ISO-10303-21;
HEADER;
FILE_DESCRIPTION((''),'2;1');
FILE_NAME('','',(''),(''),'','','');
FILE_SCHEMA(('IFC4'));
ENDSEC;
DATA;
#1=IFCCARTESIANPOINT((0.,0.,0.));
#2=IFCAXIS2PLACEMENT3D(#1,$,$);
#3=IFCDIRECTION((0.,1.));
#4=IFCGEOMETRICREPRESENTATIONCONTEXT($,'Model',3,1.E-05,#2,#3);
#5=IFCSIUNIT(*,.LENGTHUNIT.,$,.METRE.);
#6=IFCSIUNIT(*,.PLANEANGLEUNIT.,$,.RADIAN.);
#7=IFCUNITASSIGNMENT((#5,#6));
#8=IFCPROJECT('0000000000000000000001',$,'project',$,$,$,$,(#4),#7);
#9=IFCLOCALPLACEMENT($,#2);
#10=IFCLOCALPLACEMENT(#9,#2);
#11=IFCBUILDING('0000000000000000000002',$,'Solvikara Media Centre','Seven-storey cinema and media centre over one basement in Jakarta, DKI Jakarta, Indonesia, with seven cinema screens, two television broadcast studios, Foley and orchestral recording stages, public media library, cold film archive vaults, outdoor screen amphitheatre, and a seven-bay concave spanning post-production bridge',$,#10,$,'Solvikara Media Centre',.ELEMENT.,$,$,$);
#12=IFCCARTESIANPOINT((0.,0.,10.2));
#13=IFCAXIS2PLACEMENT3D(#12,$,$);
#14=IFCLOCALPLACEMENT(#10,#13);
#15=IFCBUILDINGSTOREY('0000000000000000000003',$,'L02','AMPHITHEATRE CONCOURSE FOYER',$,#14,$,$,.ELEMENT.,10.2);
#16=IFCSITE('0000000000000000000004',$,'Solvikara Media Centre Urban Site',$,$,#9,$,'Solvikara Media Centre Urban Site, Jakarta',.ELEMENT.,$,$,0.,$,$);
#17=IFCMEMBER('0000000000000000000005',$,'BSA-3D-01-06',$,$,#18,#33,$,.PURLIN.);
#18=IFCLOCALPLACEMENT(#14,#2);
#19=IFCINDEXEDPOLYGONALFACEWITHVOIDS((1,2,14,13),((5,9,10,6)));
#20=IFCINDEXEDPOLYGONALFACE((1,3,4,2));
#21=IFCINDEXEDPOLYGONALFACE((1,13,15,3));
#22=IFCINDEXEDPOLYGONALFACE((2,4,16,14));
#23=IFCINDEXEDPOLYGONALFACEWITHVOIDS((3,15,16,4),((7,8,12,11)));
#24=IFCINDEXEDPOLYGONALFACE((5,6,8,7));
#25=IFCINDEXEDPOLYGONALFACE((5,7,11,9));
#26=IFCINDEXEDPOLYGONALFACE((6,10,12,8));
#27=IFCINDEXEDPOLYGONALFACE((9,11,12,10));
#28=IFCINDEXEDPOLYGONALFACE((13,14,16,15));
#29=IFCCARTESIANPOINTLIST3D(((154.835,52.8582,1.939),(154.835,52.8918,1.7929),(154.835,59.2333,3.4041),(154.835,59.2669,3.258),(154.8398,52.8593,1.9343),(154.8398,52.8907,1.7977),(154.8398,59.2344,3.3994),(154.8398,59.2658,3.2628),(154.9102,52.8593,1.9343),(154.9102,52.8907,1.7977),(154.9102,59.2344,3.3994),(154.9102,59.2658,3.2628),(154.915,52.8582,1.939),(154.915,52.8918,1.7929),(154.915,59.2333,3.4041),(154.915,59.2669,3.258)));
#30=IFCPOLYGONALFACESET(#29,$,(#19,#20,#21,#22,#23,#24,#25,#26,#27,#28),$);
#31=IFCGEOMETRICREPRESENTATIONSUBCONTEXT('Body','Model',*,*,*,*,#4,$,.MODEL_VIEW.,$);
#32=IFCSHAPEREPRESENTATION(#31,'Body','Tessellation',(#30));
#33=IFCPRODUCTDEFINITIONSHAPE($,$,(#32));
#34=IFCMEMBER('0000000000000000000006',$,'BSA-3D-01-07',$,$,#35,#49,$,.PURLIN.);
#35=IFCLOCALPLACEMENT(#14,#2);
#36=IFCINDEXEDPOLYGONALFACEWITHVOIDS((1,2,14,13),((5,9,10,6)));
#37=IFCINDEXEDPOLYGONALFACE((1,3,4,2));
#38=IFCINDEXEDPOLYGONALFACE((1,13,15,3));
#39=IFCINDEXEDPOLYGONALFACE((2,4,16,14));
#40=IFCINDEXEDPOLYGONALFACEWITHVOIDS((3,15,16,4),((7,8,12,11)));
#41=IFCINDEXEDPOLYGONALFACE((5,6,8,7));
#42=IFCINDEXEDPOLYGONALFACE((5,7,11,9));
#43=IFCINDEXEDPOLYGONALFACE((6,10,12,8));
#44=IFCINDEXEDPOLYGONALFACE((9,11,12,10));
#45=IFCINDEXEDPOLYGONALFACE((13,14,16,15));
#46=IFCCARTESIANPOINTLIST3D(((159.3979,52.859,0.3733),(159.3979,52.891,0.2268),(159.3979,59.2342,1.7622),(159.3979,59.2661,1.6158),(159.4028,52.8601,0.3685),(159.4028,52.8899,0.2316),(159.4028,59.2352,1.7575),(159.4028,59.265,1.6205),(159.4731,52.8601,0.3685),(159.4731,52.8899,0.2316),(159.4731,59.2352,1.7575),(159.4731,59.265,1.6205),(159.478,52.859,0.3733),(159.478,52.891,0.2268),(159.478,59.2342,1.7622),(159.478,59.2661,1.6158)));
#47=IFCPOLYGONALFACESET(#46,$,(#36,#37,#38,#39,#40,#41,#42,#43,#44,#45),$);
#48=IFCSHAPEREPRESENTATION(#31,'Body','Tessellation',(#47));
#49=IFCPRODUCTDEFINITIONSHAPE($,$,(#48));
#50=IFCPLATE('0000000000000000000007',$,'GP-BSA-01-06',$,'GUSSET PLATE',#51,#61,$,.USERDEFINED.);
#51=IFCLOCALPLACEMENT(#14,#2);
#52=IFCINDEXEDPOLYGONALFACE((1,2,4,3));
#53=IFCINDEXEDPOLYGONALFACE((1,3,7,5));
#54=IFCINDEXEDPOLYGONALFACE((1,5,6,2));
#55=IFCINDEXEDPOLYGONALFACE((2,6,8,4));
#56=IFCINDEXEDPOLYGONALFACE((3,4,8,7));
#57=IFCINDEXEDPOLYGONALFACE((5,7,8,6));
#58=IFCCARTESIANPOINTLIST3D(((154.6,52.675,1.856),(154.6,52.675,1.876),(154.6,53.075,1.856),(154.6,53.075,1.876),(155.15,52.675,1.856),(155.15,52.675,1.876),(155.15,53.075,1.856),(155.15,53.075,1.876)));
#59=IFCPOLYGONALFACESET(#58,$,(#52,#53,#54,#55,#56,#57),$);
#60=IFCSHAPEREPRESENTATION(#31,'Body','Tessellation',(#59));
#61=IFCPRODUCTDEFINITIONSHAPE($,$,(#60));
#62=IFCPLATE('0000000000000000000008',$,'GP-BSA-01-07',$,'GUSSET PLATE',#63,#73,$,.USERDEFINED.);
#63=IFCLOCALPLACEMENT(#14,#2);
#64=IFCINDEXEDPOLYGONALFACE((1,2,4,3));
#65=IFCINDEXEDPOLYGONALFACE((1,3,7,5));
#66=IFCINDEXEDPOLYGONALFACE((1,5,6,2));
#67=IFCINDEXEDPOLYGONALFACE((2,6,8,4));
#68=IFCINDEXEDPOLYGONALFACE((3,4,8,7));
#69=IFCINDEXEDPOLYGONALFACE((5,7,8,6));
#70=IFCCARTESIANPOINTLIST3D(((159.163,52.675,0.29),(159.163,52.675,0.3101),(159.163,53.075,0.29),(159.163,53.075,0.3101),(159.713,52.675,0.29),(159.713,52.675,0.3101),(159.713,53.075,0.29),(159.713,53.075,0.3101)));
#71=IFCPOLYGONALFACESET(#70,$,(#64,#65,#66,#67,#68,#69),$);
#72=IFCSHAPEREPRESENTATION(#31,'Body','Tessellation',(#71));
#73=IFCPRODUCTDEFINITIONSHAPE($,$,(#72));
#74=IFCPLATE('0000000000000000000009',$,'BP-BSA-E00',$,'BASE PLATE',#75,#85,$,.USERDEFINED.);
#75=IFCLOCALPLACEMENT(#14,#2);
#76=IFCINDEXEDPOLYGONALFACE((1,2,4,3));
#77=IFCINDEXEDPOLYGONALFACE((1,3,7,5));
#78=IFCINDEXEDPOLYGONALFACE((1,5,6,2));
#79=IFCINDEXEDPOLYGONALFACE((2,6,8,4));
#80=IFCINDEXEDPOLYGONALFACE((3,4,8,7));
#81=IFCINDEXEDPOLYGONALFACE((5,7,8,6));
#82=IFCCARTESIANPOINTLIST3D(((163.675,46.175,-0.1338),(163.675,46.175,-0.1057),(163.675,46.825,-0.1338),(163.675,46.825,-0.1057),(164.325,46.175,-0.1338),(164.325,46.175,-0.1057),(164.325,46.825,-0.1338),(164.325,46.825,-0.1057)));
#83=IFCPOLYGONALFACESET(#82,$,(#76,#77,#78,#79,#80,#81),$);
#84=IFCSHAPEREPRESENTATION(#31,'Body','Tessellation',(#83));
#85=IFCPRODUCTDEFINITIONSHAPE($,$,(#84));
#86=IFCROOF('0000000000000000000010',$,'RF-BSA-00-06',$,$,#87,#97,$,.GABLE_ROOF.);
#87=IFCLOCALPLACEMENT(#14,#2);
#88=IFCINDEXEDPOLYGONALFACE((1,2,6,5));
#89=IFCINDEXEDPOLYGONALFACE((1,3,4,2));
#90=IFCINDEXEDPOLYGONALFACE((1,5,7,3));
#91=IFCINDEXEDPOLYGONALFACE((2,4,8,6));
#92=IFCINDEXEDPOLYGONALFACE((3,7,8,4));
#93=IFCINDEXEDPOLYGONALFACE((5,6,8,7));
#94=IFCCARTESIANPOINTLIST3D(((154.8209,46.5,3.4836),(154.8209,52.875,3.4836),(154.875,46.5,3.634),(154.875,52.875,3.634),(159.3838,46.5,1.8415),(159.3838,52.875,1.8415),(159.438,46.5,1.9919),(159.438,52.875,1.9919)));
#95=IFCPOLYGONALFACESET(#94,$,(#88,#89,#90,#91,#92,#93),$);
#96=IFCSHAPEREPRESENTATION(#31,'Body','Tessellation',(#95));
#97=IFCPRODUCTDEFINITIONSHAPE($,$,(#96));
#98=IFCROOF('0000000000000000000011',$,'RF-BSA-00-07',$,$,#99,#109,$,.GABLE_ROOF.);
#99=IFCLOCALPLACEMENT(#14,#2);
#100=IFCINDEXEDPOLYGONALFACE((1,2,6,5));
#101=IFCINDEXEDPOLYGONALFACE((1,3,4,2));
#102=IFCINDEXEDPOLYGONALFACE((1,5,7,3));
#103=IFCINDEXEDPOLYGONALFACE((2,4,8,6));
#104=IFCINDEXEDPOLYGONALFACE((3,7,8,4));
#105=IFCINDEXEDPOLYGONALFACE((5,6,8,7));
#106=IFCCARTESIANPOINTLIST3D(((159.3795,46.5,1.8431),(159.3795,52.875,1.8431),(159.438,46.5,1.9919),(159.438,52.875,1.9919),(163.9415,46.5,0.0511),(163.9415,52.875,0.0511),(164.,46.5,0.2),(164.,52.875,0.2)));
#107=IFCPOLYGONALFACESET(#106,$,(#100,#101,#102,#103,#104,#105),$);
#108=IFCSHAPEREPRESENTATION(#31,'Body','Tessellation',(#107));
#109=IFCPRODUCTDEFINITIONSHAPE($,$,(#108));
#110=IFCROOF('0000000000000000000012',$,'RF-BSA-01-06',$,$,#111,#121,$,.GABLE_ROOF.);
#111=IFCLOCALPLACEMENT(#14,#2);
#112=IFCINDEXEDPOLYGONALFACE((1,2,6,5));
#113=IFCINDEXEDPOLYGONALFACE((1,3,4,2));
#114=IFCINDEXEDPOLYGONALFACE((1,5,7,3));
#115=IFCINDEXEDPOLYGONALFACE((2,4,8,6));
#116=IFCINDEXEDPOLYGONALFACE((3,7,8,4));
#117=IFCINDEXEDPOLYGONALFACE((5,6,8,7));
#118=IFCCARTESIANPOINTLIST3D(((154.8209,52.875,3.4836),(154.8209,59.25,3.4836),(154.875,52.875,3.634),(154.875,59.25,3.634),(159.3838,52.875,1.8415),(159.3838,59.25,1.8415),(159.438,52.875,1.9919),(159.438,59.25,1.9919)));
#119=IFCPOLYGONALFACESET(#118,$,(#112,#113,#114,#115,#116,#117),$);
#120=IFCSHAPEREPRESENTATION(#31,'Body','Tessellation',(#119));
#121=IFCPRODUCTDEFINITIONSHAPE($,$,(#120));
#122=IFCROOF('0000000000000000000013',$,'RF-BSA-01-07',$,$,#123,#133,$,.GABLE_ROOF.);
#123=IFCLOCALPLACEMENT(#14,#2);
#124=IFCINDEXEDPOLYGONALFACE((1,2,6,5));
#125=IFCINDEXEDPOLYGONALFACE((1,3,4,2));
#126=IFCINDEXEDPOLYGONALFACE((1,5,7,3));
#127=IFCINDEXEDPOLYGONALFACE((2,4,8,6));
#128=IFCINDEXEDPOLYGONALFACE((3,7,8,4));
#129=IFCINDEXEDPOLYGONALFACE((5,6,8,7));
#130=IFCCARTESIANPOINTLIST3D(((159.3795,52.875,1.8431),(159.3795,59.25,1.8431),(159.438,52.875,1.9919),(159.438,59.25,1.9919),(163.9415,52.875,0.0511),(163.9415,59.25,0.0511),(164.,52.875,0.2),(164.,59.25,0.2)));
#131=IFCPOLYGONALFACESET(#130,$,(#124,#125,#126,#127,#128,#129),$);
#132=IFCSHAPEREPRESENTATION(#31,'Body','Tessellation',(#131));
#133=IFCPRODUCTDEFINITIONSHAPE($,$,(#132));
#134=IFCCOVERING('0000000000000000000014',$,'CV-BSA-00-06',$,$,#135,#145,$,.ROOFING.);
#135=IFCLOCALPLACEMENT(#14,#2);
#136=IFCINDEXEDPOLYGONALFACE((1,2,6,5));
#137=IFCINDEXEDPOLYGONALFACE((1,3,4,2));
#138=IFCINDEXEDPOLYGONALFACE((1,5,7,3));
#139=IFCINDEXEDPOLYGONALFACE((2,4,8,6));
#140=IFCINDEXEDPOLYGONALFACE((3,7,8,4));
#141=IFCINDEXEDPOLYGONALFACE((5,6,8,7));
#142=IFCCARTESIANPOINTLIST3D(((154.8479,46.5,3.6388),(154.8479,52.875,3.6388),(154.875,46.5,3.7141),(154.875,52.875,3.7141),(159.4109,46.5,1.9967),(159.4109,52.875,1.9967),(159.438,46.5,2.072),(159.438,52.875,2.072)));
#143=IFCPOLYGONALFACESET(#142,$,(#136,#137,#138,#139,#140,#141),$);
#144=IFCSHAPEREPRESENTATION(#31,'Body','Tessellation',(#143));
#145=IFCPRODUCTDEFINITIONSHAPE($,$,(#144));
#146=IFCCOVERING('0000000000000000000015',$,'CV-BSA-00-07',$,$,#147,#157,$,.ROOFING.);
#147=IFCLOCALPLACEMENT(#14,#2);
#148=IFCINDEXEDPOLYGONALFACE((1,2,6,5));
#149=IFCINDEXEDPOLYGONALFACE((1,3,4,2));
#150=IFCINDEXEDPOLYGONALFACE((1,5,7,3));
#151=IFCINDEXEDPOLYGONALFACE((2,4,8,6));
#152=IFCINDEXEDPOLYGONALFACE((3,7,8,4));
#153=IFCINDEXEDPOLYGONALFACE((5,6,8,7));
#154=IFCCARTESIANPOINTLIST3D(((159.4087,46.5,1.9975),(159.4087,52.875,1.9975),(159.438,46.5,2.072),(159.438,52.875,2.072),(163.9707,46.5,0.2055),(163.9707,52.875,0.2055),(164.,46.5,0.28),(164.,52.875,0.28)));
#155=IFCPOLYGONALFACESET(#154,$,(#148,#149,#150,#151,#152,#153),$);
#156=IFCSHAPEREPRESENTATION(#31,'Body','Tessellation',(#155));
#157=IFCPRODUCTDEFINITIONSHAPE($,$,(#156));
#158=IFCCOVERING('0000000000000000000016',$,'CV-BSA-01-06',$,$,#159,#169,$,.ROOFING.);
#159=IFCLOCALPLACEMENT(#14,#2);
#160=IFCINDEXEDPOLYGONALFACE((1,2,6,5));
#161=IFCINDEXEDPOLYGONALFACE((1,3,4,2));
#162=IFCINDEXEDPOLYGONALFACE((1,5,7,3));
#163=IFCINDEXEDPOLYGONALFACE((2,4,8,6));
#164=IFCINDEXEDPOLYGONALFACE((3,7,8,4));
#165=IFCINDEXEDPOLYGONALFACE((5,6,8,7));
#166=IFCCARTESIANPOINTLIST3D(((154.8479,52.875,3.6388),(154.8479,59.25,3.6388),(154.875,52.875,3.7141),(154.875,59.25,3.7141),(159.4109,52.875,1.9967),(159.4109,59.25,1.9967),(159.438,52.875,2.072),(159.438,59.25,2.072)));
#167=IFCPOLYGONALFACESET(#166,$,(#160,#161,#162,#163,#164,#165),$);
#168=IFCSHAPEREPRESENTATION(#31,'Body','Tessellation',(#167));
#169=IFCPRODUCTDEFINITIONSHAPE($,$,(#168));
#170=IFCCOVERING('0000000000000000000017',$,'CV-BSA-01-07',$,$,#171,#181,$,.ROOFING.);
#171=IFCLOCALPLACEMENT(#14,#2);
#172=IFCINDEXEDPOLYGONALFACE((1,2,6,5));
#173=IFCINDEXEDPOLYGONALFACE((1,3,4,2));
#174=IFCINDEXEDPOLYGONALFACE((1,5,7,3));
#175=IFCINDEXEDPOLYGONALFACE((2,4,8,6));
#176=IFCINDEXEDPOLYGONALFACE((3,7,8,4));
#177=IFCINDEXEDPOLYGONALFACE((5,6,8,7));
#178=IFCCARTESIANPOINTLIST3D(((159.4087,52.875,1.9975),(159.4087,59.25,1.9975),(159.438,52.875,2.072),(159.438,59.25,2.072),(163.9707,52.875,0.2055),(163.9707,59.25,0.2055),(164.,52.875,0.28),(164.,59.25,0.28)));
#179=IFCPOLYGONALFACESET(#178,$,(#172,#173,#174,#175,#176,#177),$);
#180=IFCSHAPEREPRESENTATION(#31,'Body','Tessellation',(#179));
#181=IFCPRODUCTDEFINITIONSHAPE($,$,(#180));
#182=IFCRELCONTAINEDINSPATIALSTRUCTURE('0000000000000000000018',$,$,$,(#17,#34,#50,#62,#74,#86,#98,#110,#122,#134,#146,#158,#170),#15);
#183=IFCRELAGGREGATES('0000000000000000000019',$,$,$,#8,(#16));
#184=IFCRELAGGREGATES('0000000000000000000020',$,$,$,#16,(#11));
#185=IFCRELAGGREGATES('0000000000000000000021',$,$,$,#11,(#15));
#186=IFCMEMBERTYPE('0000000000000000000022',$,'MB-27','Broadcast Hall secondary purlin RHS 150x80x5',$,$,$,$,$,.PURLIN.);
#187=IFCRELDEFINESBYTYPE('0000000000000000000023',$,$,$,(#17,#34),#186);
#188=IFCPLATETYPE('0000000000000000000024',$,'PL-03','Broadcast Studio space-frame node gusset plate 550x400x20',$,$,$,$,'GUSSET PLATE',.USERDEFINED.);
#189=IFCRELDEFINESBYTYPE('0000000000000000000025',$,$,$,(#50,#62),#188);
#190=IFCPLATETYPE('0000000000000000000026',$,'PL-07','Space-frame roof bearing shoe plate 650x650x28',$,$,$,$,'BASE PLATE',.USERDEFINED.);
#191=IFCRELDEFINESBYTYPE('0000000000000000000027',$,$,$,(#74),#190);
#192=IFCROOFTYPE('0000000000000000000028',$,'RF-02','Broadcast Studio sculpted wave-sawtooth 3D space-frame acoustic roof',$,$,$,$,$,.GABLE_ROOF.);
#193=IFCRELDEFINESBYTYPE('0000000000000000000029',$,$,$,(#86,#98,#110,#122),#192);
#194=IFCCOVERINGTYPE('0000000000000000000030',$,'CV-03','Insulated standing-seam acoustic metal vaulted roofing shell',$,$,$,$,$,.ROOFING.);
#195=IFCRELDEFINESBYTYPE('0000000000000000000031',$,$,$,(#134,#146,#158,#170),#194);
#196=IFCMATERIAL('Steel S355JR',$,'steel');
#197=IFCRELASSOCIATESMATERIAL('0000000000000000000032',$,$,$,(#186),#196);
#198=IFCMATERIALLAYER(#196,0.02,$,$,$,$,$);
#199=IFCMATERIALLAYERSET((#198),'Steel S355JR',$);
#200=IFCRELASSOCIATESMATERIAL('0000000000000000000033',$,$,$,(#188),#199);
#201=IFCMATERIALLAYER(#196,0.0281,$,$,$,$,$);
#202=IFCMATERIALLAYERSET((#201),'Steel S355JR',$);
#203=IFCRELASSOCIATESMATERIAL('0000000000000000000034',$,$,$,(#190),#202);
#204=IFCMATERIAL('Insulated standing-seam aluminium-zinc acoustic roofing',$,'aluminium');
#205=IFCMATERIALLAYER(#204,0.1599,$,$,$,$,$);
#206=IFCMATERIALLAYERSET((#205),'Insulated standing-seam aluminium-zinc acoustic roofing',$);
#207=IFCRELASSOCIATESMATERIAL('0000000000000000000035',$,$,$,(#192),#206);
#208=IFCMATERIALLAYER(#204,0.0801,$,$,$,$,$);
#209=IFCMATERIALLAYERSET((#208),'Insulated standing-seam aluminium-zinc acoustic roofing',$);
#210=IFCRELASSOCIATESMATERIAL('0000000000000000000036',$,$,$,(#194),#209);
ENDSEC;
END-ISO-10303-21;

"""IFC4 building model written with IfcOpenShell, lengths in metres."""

from ifc_helpers import new_model, si_unit, direction, frame, origin, origin_2d, place, context, subcontext, project, spatial, polyline, rectangle, hollow_rectangle, outline, extrude, material, layer, layer_set, material_profile, profile_set, type_object, element, save


model = new_model("IFC4")

# Units and contexts
model_context = context("Model", 3, precision=1e-05, world=origin(), true_north=direction((0.0, 1.0)))
body_context = subcontext(model_context, "Body", "Model", "MODEL_VIEW")
ifc_project = project(units=[si_unit("LENGTHUNIT", "METRE"), si_unit("PLANEANGLEUNIT", "RADIAN")], contexts=[model_context])

# Site, building, storey
site_placement = place(None, origin())
site = spatial("IfcSite", under=ifc_project, at=site_placement, Name="Solvikara Media Centre Urban Site", LongName="Solvikara Media Centre Urban Site, Jakarta", CompositionType="ELEMENT", RefElevation=0.0)
building_placement = place(site_placement, origin())
building = spatial("IfcBuilding", under=site, at=building_placement, Name="Solvikara Media Centre", Description="Seven-storey cinema and media centre over one basement in Jakarta, DKI Jakarta, Indonesia, with seven cinema screens, two television broadcast studios, Foley and orchestral recording stages, public media library, cold film archive vaults, outdoor screen amphitheatre, and a seven-bay concave spanning post-production bridge", LongName="Solvikara Media Centre", CompositionType="ELEMENT")
storey_placement = place(building_placement, frame((0.0, 0.0, 10.2)))
storey = spatial("IfcBuildingStorey", under=building, at=storey_placement, Name="L02", Description="AMPHITHEATRE CONCOURSE FOYER", CompositionType="ELEMENT", Elevation=10.2)

# Shared definitions
ifc_material_1 = material(Name="Steel S355JR", Category="steel")

# Members
ifc_material_profile_1 = material_profile(ifc_material_1, hollow_rectangle(XDim=0.0801, YDim=0.1499, WallThickness=0.0049, at=origin_2d()), Name="RHS 150x80x5")
ifc_profile_set_1 = profile_set([ifc_material_profile_1], Name="Steel S355JR")
member_type_1 = type_object("IfcMemberType", Name="MB-27", Description="Broadcast Hall secondary purlin RHS 150x80x5", PredefinedType="PURLIN", material=ifc_profile_set_1)
member_1_placement = place(storey_placement, frame((154.875, 52.875, 1.866), z_axis=(0.0, 0.974594, 0.223979), x_axis=(-1.0, 0.0, 0.0)))
element("IfcMember", 1, at=member_1_placement, inside=storey, type_object=member_type_1, Name="BSA-3D-01-06", PredefinedType="PURLIN", context=body_context, shape_type="SweptSolid", body=[
    extrude(hollow_rectangle(XDim=0.0801, YDim=0.1499, WallThickness=0.0049, at=origin_2d()), origin(), (0.0, 0.0, 1.0), 6.5413),
])
member_2_placement = place(storey_placement, frame((159.438, 52.875, 0.3), z_axis=(0.0, 0.977079, 0.212875), x_axis=(-1.0, 0.0, 0.0)))
element("IfcMember", 2, at=member_2_placement, inside=storey, type_object=member_type_1, Name="BSA-3D-01-07", PredefinedType="PURLIN", context=body_context, shape_type="SweptSolid", body=[
    extrude(hollow_rectangle(XDim=0.0801, YDim=0.1499, WallThickness=0.0049, at=origin_2d()), origin(), (0.0, 0.0, 1.0), 6.5247),
])

# Plates
ifc_layer_1 = layer(ifc_material_1, 0.02)
ifc_layer_set_1 = layer_set([ifc_layer_1], Name="Steel S355JR")
plate_type_1 = type_object("IfcPlateType", Name="PL-03", Description="Broadcast Studio space-frame node gusset plate 550x400x20", ElementType="GUSSET PLATE", PredefinedType="USERDEFINED", material=ifc_layer_set_1)
for number, where, z_axis, x_axis, name in (
    (3, (154.875, 52.875, 1.856), (0.0, 0.0, 1.0), (1.0, 0.0, 0.0), "GP-BSA-01-06"),
    (4, (159.438, 52.875, 0.29), (0.0, 0.0, 1.0), (1.0, 0.0, 0.0), "GP-BSA-01-07"),
):
    element("IfcPlate", number, at=place(storey_placement, frame(where, z_axis=z_axis, x_axis=x_axis)), inside=storey, type_object=plate_type_1, Name=name, ObjectType="GUSSET PLATE", PredefinedType="USERDEFINED", context=body_context, shape_type="SweptSolid", body=[
        extrude(rectangle(XDim=0.55, YDim=0.3999, at=origin_2d()), origin(), (0.0, 0.0, 1.0), 0.02),
    ])
ifc_layer_2 = layer(ifc_material_1, 0.0281)
ifc_layer_set_2 = layer_set([ifc_layer_2], Name="Steel S355JR")
plate_type_2 = type_object("IfcPlateType", Name="PL-07", Description="Space-frame roof bearing shoe plate 650x650x28", ElementType="BASE PLATE", PredefinedType="USERDEFINED", material=ifc_layer_set_2)
plate_placement = place(storey_placement, frame((164.0, 46.5, -0.1338), z_axis=(0.0, 0.0, 1.0), x_axis=(1.0, 0.0, 0.0)))
element("IfcPlate", 5, at=plate_placement, inside=storey, type_object=plate_type_2, Name="BP-BSA-E00", ObjectType="BASE PLATE", PredefinedType="USERDEFINED", context=body_context, shape_type="SweptSolid", body=[
    extrude(rectangle(XDim=0.6499, YDim=0.6499, at=origin_2d()), origin(), (0.0, 0.0, 1.0), 0.0281),
])

# Roofs
ifc_material_2 = material(Name="Insulated standing-seam aluminium-zinc acoustic roofing", Category="aluminium")
ifc_layer_3 = layer(ifc_material_2, 0.1599)
ifc_layer_set_3 = layer_set([ifc_layer_3], Name="Insulated standing-seam aluminium-zinc acoustic roofing")
roof_type = type_object("IfcRoofType", Name="RF-02", Description="Broadcast Studio sculpted wave-sawtooth 3D space-frame acoustic roof", PredefinedType="GABLE_ROOF", material=ifc_layer_set_3)
roof_1_placement = place(storey_placement, frame((154.875, 46.5, 3.634), z_axis=(0.338613, 0.0, 0.940926), x_axis=(0.940926, 0.0, -0.338613)))
element("IfcRoof", 6, at=roof_1_placement, inside=storey, type_object=roof_type, Name="RF-BSA-00-06", PredefinedType="GABLE_ROOF", context=body_context, shape_type="SweptSolid", body=[
    extrude(outline(polyline([(0.0, 0.0), (4.8495, 0.0), (4.8495, 6.375), (0.0, 6.375), (0.0, 0.0)])), origin(), (0.0, 0.0, -1.0), 0.1599),
])
roof_2_placement = place(storey_placement, frame((159.438, 46.5, 1.9919), z_axis=(0.365612, 0.0, 0.930767), x_axis=(0.930767, 0.0, -0.365612)))
element("IfcRoof", 7, at=roof_2_placement, inside=storey, type_object=roof_type, Name="RF-BSA-00-07", PredefinedType="GABLE_ROOF", context=body_context, shape_type="SweptSolid", body=[
    extrude(outline(polyline([(0.0, 0.0), (4.9013, 0.0), (4.9013, 6.375), (0.0, 6.375), (0.0, 0.0)])), origin(), (0.0, 0.0, -1.0), 0.1599),
])
roof_3_placement = place(storey_placement, frame((154.875, 52.875, 3.634), z_axis=(0.338613, 0.0, 0.940926), x_axis=(0.940926, 0.0, -0.338613)))
element("IfcRoof", 8, at=roof_3_placement, inside=storey, type_object=roof_type, Name="RF-BSA-01-06", PredefinedType="GABLE_ROOF", context=body_context, shape_type="SweptSolid", body=[
    extrude(outline(polyline([(0.0, 0.0), (4.8495, 0.0), (4.8495, 6.375), (0.0, 6.375), (0.0, 0.0)])), origin(), (0.0, 0.0, -1.0), 0.1599),
])
roof_4_placement = place(storey_placement, frame((159.438, 52.875, 1.9919), z_axis=(0.365612, 0.0, 0.930767), x_axis=(0.930767, 0.0, -0.365612)))
element("IfcRoof", 9, at=roof_4_placement, inside=storey, type_object=roof_type, Name="RF-BSA-01-07", PredefinedType="GABLE_ROOF", context=body_context, shape_type="SweptSolid", body=[
    extrude(outline(polyline([(0.0, 0.0), (4.9013, 0.0), (4.9013, 6.375), (0.0, 6.375), (0.0, 0.0)])), origin(), (0.0, 0.0, -1.0), 0.1599),
])

# Coverings
ifc_layer_4 = layer(ifc_material_2, 0.0801)
ifc_layer_set_4 = layer_set([ifc_layer_4], Name="Insulated standing-seam aluminium-zinc acoustic roofing")
covering_type_1 = type_object("IfcCoveringType", Name="CV-03", Description="Insulated standing-seam acoustic metal vaulted roofing shell", PredefinedType="ROOFING", material=ifc_layer_set_4)
covering_1_placement = place(storey_placement, frame((154.875, 46.5, 3.7141), z_axis=(0.338613, 0.0, 0.940926), x_axis=(0.940926, 0.0, -0.338613)))
element("IfcCovering", 10, at=covering_1_placement, inside=storey, type_object=covering_type_1, Name="CV-BSA-00-06", PredefinedType="ROOFING", context=body_context, shape_type="SweptSolid", body=[
    extrude(outline(polyline([(0.0, 0.0), (4.8495, 0.0), (4.8495, 6.375), (0.0, 6.375), (0.0, 0.0)])), origin(), (0.0, 0.0, -1.0), 0.0801),
])
covering_2_placement = place(storey_placement, frame((159.438, 46.5, 2.072), z_axis=(0.365612, 0.0, 0.930767), x_axis=(0.930767, 0.0, -0.365612)))
element("IfcCovering", 11, at=covering_2_placement, inside=storey, type_object=covering_type_1, Name="CV-BSA-00-07", PredefinedType="ROOFING", context=body_context, shape_type="SweptSolid", body=[
    extrude(outline(polyline([(0.0, 0.0), (4.9013, 0.0), (4.9013, 6.375), (0.0, 6.375), (0.0, 0.0)])), origin(), (0.0, 0.0, -1.0), 0.0801),
])
covering_3_placement = place(storey_placement, frame((154.875, 52.875, 3.7141), z_axis=(0.338613, 0.0, 0.940926), x_axis=(0.940926, 0.0, -0.338613)))
element("IfcCovering", 12, at=covering_3_placement, inside=storey, type_object=covering_type_1, Name="CV-BSA-01-06", PredefinedType="ROOFING", context=body_context, shape_type="SweptSolid", body=[
    extrude(outline(polyline([(0.0, 0.0), (4.8495, 0.0), (4.8495, 6.375), (0.0, 6.375), (0.0, 0.0)])), origin(), (0.0, 0.0, -1.0), 0.0801),
])
covering_4_placement = place(storey_placement, frame((159.438, 52.875, 2.072), z_axis=(0.365612, 0.0, 0.930767), x_axis=(0.930767, 0.0, -0.365612)))
element("IfcCovering", 13, at=covering_4_placement, inside=storey, type_object=covering_type_1, Name="CV-BSA-01-07", PredefinedType="ROOFING", context=body_context, shape_type="SweptSolid", body=[
    extrude(outline(polyline([(0.0, 0.0), (4.9013, 0.0), (4.9013, 6.375), (0.0, 6.375), (0.0, 0.0)])), origin(), (0.0, 0.0, -1.0), 0.0801),
])

save(model, "model.ifc")
